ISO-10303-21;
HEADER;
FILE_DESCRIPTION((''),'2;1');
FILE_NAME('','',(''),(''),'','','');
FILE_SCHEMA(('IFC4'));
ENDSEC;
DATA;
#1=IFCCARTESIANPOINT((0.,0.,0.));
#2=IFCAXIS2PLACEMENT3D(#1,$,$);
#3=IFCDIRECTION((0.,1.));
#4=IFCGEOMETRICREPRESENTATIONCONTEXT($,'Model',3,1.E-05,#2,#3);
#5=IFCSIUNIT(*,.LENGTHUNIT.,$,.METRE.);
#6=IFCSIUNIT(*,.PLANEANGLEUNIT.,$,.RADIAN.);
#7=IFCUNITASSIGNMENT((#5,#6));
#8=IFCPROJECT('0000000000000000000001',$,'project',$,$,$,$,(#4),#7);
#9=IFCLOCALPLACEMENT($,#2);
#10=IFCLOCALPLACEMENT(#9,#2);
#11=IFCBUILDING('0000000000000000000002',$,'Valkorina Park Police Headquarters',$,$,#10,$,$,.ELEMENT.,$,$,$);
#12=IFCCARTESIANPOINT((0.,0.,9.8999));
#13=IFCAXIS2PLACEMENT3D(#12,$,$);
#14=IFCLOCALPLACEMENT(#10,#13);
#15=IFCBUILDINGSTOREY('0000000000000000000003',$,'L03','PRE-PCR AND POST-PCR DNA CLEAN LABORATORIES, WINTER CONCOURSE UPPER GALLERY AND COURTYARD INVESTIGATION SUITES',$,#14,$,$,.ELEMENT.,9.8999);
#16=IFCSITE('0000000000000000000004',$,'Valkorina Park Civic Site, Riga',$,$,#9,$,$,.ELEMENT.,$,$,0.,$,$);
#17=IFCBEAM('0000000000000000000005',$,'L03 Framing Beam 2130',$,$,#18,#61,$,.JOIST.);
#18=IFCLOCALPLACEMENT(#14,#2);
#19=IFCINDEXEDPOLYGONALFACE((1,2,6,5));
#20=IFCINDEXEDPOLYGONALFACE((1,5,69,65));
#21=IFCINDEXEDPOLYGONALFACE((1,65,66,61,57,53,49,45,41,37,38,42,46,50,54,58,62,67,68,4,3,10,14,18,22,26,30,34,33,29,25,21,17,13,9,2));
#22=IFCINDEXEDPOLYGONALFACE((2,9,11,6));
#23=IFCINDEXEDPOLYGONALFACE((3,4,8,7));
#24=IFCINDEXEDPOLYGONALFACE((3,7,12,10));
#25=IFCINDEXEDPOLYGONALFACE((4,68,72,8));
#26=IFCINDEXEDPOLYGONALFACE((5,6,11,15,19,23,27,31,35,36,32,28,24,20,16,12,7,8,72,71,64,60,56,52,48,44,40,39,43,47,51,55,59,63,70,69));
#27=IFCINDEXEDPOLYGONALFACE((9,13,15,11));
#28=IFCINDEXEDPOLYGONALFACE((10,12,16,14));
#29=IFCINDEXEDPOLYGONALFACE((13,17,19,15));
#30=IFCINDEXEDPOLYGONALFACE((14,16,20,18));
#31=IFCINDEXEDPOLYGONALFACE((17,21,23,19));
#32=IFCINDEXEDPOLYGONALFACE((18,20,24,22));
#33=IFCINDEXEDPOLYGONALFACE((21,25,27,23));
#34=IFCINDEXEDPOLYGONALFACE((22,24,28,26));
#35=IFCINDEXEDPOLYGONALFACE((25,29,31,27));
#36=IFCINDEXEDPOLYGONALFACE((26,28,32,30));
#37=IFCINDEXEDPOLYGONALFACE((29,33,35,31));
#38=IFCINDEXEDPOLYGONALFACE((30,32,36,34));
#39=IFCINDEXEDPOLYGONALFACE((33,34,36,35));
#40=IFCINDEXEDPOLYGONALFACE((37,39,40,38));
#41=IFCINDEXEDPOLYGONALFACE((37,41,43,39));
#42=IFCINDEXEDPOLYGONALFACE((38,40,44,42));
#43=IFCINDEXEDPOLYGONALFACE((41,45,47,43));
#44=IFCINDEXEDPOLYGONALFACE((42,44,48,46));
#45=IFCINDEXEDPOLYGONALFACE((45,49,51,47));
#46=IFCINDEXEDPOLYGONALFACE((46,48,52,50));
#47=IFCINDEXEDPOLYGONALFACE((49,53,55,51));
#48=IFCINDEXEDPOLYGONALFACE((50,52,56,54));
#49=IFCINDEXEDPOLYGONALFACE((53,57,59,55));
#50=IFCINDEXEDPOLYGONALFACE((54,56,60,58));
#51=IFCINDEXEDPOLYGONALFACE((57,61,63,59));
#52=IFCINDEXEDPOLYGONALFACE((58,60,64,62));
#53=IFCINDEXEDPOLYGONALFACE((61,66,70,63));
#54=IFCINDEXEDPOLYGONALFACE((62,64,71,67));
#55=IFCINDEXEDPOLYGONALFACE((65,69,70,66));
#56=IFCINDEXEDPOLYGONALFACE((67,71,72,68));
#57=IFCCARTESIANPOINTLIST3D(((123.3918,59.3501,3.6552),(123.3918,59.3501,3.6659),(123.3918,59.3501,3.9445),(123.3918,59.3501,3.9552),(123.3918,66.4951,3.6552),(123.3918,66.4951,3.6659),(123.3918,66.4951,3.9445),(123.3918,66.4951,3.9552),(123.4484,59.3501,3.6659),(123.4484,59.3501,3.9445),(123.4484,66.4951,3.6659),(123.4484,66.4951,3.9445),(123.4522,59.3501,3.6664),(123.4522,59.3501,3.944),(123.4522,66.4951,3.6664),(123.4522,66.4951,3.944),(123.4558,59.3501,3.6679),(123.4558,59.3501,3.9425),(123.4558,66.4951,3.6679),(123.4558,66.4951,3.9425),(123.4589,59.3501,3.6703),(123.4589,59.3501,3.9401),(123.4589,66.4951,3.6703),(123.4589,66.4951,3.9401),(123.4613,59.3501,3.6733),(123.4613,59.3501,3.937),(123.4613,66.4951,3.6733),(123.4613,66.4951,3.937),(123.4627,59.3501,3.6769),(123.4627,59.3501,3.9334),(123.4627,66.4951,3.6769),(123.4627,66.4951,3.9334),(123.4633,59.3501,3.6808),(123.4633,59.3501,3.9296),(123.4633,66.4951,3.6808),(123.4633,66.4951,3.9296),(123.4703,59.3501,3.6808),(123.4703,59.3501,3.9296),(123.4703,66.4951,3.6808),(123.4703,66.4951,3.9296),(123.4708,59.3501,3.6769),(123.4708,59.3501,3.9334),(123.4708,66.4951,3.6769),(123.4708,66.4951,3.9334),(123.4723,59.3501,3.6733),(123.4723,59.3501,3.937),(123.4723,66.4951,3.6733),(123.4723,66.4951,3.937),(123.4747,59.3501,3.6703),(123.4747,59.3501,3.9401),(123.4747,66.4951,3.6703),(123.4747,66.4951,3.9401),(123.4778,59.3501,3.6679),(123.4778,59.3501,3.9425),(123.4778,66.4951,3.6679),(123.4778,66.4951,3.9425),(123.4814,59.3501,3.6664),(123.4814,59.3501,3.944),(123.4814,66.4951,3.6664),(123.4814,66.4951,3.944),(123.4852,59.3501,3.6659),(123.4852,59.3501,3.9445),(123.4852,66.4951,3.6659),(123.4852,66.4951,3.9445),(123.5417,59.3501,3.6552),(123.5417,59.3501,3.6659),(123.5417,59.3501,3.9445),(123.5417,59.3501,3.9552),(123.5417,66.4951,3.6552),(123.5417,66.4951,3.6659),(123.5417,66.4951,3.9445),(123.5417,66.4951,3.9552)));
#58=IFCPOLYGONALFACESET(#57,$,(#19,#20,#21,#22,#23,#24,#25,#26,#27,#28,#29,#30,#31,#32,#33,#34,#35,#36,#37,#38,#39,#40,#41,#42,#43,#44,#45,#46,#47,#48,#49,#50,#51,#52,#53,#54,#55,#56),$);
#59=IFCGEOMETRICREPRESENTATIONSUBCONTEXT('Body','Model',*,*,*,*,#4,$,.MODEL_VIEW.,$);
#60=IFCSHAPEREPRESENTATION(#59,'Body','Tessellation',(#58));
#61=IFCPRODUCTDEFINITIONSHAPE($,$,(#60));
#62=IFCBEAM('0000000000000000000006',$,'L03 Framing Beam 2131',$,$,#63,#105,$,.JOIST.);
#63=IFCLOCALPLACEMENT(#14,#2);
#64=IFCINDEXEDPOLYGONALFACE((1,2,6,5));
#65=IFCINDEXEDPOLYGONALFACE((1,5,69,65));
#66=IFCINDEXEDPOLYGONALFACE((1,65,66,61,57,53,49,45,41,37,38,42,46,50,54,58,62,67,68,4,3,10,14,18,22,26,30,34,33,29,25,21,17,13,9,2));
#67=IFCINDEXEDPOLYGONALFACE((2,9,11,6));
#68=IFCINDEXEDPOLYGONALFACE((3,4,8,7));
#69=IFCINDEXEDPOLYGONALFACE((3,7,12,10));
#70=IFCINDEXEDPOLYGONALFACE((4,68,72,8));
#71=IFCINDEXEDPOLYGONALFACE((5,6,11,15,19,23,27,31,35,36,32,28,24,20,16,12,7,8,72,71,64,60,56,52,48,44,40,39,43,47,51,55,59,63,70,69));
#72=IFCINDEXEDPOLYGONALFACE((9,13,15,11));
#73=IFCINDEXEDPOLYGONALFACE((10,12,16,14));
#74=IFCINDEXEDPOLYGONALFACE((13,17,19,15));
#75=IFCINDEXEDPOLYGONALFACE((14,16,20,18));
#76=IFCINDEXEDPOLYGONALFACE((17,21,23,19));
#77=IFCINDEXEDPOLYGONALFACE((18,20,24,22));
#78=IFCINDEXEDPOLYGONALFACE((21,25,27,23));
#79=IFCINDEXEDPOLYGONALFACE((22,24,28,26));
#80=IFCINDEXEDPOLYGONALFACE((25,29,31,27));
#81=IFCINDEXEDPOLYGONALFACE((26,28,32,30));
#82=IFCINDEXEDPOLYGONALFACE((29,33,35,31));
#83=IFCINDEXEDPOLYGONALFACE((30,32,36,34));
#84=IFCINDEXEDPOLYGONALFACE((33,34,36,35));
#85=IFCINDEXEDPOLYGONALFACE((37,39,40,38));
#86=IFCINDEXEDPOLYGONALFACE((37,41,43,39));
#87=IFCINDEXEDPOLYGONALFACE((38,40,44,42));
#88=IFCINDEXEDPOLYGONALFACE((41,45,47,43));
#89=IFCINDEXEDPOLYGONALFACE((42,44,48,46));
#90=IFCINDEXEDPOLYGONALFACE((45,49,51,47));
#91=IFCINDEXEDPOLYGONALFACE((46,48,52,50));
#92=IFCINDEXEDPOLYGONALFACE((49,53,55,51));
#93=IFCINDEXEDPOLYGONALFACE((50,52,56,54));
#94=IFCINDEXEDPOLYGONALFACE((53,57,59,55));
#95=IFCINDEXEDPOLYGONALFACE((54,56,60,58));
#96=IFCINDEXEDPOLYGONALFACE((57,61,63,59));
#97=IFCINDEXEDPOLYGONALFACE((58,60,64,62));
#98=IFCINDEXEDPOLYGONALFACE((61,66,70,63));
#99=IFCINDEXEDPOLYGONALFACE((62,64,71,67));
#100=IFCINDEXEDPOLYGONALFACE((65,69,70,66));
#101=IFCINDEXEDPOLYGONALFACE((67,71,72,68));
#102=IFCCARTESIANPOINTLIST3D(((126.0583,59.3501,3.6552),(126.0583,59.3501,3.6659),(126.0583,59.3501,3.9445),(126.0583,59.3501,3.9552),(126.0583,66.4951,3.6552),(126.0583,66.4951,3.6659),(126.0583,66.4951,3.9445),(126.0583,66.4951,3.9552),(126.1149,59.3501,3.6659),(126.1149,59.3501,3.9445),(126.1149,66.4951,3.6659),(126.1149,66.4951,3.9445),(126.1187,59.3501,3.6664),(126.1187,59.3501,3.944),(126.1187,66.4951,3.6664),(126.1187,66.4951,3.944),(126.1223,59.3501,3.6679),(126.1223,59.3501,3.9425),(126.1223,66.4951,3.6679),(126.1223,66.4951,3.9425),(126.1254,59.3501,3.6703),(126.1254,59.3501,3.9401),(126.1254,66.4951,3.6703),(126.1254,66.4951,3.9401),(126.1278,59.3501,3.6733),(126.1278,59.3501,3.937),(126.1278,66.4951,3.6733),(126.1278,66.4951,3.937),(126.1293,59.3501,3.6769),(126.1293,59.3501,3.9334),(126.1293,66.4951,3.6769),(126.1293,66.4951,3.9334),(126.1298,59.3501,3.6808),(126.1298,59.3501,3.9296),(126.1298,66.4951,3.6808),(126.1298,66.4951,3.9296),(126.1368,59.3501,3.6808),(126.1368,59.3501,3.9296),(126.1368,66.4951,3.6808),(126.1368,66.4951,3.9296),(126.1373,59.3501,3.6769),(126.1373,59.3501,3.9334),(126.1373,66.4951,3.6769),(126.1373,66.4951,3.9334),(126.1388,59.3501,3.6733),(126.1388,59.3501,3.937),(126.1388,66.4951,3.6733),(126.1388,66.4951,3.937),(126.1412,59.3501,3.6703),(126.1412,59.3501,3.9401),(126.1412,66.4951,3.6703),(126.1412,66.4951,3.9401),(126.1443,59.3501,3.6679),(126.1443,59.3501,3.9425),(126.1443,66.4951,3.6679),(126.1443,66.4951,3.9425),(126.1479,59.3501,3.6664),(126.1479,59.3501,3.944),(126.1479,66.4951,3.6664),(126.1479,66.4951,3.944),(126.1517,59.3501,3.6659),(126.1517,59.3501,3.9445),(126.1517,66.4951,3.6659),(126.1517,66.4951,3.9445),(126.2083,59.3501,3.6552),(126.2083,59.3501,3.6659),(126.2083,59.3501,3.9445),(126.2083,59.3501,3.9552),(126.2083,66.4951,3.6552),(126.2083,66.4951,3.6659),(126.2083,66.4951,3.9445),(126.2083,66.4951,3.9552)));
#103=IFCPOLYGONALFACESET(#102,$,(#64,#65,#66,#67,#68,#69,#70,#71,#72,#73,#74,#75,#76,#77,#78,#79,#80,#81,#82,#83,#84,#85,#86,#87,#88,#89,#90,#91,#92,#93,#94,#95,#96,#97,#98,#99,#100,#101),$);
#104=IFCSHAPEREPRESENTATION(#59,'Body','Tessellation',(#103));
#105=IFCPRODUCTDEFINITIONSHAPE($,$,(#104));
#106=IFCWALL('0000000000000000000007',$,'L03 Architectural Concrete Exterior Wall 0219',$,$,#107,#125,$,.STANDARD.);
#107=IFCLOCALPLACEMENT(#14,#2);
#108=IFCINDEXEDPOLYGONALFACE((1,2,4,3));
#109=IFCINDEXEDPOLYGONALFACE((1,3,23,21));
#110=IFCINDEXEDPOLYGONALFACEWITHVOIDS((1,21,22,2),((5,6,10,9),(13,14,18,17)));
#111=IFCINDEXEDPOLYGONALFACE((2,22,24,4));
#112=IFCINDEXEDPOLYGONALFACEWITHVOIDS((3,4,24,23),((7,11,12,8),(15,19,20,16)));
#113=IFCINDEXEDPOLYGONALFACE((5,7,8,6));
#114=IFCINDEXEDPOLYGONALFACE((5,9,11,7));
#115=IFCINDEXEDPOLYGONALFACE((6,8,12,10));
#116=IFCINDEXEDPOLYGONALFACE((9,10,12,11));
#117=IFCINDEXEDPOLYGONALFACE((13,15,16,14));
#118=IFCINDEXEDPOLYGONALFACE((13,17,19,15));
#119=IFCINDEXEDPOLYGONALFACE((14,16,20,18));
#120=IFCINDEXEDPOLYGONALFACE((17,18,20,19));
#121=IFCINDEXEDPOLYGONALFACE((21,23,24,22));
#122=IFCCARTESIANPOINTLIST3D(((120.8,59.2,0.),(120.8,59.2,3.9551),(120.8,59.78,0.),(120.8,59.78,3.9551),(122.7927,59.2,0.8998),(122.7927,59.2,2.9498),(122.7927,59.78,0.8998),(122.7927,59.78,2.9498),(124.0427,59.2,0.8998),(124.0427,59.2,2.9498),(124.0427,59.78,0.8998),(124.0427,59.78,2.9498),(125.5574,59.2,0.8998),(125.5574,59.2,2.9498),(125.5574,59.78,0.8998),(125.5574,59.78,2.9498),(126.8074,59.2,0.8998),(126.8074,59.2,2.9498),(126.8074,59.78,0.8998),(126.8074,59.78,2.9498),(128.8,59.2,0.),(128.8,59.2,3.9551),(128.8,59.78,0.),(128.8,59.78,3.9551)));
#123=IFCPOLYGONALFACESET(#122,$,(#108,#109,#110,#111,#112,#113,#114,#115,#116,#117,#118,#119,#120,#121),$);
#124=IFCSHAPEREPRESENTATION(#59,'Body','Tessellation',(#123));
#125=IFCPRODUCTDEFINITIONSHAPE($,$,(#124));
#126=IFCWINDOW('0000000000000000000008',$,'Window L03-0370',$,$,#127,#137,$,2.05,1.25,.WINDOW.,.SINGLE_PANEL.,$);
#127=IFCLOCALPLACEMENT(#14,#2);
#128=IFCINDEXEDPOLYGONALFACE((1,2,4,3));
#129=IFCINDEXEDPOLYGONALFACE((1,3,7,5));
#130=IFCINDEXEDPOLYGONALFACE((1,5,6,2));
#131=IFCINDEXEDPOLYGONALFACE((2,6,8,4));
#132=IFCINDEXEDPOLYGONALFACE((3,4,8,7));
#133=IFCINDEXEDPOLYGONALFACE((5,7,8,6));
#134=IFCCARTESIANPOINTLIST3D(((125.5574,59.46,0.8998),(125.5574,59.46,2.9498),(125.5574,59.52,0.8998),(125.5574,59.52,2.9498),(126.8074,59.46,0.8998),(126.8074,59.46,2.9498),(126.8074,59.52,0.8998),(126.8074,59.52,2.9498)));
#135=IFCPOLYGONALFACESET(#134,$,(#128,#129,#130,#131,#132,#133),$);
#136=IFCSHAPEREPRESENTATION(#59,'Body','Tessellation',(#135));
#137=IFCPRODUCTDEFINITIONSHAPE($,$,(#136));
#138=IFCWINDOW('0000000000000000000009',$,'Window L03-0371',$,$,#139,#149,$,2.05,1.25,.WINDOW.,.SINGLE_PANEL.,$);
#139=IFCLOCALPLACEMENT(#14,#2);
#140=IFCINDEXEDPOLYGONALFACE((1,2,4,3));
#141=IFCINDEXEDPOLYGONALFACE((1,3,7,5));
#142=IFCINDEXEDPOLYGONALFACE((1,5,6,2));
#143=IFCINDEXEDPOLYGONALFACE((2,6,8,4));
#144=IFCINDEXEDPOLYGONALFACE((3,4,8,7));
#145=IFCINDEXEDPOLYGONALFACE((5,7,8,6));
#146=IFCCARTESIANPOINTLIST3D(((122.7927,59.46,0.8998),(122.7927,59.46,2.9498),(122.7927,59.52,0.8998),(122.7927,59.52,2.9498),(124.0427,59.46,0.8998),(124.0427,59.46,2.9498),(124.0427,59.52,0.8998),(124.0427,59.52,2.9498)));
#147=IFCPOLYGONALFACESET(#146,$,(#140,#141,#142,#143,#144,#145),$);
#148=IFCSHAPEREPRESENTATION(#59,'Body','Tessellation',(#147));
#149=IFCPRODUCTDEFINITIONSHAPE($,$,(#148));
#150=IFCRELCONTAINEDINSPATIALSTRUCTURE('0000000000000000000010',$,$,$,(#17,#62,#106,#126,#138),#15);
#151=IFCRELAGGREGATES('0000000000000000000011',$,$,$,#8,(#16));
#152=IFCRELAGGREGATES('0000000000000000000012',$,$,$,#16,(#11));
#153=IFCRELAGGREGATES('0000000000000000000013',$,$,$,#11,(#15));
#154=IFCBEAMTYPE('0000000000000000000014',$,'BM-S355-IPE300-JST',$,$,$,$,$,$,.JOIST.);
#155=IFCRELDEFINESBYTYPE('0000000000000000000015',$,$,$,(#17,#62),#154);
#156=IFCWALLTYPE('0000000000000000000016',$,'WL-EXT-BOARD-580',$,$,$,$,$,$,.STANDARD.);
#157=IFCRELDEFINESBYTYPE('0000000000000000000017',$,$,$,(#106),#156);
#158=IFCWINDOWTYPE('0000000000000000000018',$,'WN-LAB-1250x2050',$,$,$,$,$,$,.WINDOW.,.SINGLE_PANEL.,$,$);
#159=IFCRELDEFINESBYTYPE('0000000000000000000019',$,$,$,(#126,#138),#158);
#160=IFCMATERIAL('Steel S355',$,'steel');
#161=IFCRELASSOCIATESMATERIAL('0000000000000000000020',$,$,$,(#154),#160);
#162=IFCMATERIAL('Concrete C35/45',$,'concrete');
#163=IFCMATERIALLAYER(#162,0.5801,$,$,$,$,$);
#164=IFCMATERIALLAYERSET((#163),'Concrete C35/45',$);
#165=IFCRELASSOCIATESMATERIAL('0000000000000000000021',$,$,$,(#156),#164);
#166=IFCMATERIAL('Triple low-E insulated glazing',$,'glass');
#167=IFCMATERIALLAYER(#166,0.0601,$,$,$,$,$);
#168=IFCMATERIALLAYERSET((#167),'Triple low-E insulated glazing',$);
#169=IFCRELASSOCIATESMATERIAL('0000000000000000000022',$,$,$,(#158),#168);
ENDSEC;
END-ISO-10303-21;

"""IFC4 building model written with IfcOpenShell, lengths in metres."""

from ifc_helpers import new_model, si_unit, direction, frame, frame_2d, origin, origin_2d, place, context, subcontext, project, spatial, rectangle, i_section, extrude, material, layer, layer_set, material_profile, profile_set, type_object, element, fill, save


model = new_model("IFC4")

# Units and contexts
model_context = context("Model", 3, precision=1e-05, world=origin(), true_north=direction((0.0, 1.0)))
body_context = subcontext(model_context, "Body", "Model", "MODEL_VIEW")
ifc_project = project(units=[si_unit("LENGTHUNIT", "METRE"), si_unit("PLANEANGLEUNIT", "RADIAN")], contexts=[model_context])

# Site, building, storey
site_placement = place(None, origin())
site = spatial("IfcSite", under=ifc_project, at=site_placement, Name="Valkorina Park Civic Site, Riga", CompositionType="ELEMENT", RefElevation=0.0)
building_placement = place(site_placement, origin())
building = spatial("IfcBuilding", under=site, at=building_placement, Name="Valkorina Park Police Headquarters", CompositionType="ELEMENT")
storey_placement = place(building_placement, frame((0.0, 0.0, 9.8999)))
storey = spatial("IfcBuildingStorey", under=building, at=storey_placement, Name="L03", Description="PRE-PCR AND POST-PCR DNA CLEAN LABORATORIES, WINTER CONCOURSE UPPER GALLERY AND COURTYARD INVESTIGATION SUITES", CompositionType="ELEMENT", Elevation=9.8999)

# Shared definitions
ifc_material_1 = material(Name="Steel S355", Category="steel")

# Beams
ifc_material_profile_1 = material_profile(ifc_material_1, i_section(OverallWidth=0.1499, OverallDepth=0.3, WebThickness=0.0071, FlangeThickness=0.0107, FilletRadius=0.0149, at=origin_2d()), Name="IPE 300")
ifc_profile_set_1 = profile_set([ifc_material_profile_1], Name="Steel S355")
beam_type_1 = type_object("IfcBeamType", Name="BM-S355-IPE300-JST", PredefinedType="JOIST", material=ifc_profile_set_1)
for number, where, z_axis, x_axis, name in (
    (1, (123.4668, 59.3501, 3.8052), (0.0, 1.0, 0.0), (-1.0, 0.0, 0.0), "L03 Framing Beam 2130"),
    (2, (126.1333, 59.3501, 3.8052), (0.0, 1.0, 0.0), (-1.0, 0.0, 0.0), "L03 Framing Beam 2131"),
):
    element("IfcBeam", number, at=place(storey_placement, frame(where, z_axis=z_axis, x_axis=x_axis)), inside=storey, type_object=beam_type_1, Name=name, PredefinedType="JOIST", context=body_context, shape_type="SweptSolid", body=[
        extrude(i_section(OverallWidth=0.1499, OverallDepth=0.3, WebThickness=0.0071, FlangeThickness=0.0107, FilletRadius=0.0149, at=origin_2d()), origin(), (0.0, 0.0, 1.0), 7.145),
    ])

# Wall, openings, windows
ifc_material_2 = material(Name="Concrete C35/45", Category="concrete")
ifc_layer_1 = layer(ifc_material_2, 0.5801)
ifc_layer_set_1 = layer_set([ifc_layer_1], Name="Concrete C35/45")
wall_type = type_object("IfcWallType", Name="WL-EXT-BOARD-580", PredefinedType="STANDARD", material=ifc_layer_set_1)
wall_1_placement = place(storey_placement, frame((128.8, 59.49, 0.0), z_axis=(0.0, 0.0, 1.0), x_axis=(-1.0, 0.0, 0.0)))
wall_1 = element("IfcWall", 3, at=wall_1_placement, inside=storey, type_object=wall_type, Name="L03 Architectural Concrete Exterior Wall 0219", PredefinedType="STANDARD", context=body_context, shape_type="SweptSolid", body=[
    extrude(rectangle(XDim=8.0, YDim=0.5801, at=frame_2d((4.0, 0.0))), origin(), (0.0, 0.0, 1.0), 3.9551),
])
opening_1_placement = place(wall_1_placement, frame((1.9927, 0.0, 0.8999)))
opening_1 = element("IfcOpeningElement", 4, at=opening_1_placement, cuts=wall_1, PredefinedType="OPENING", context=body_context, shape_type="SweptSolid", body=[
    extrude(rectangle(XDim=1.25, YDim=2.05, at=frame_2d((0.625, 1.0249))), frame((0.0, 0.3, 0.0), z_axis=(0.0, -1.0, 0.0), x_axis=(1.0, 0.0, 0.0)), (0.0, 0.0, 1.0), 0.6001),
])
opening_2_placement = place(wall_1_placement, frame((4.7573, 0.0, 0.8999)))
opening_2 = element("IfcOpeningElement", 5, at=opening_2_placement, cuts=wall_1, PredefinedType="OPENING", context=body_context, shape_type="SweptSolid", body=[
    extrude(rectangle(XDim=1.25, YDim=2.05, at=frame_2d((0.625, 1.0249))), frame((0.0, 0.3, 0.0), z_axis=(0.0, -1.0, 0.0), x_axis=(1.0, 0.0, 0.0)), (0.0, 0.0, 1.0), 0.6001),
])
ifc_material_3 = material(Name="Triple low-E insulated glazing", Category="glass")
ifc_layer_2 = layer(ifc_material_3, 0.0601)
ifc_layer_set_2 = layer_set([ifc_layer_2], Name="Triple low-E insulated glazing")
window_type_1 = type_object("IfcWindowType", Name="WN-LAB-1250x2050", PartitioningType="SINGLE_PANEL", PredefinedType="WINDOW", material=ifc_layer_set_2)
window_1_placement = place(opening_1_placement, origin())
window_1 = element("IfcWindow", 6, at=window_1_placement, inside=storey, type_object=window_type_1, Name="Window L03-0370", OverallHeight=2.05, OverallWidth=1.25, PartitioningType="SINGLE_PANEL", PredefinedType="WINDOW", context=body_context, shape_type="SweptSolid", body=[
    extrude(rectangle(XDim=1.25, YDim=2.05, at=frame_2d((0.625, 1.0249))), frame((0.0, 0.03, 0.0), z_axis=(0.0, -1.0, 0.0), x_axis=(1.0, 0.0, 0.0)), (0.0, 0.0, 1.0), 0.0601),
])
fill(opening_1, window_1)
window_2_placement = place(opening_2_placement, origin())
window_2 = element("IfcWindow", 7, at=window_2_placement, inside=storey, type_object=window_type_1, Name="Window L03-0371", OverallHeight=2.05, OverallWidth=1.25, PartitioningType="SINGLE_PANEL", PredefinedType="WINDOW", context=body_context, shape_type="SweptSolid", body=[
    extrude(rectangle(XDim=1.25, YDim=2.05, at=frame_2d((0.625, 1.0249))), frame((0.0, 0.03, 0.0), z_axis=(0.0, -1.0, 0.0), x_axis=(1.0, 0.0, 0.0)), (0.0, 0.0, 1.0), 0.0601),
])
fill(opening_2, window_2)

save(model, "model.ifc")
